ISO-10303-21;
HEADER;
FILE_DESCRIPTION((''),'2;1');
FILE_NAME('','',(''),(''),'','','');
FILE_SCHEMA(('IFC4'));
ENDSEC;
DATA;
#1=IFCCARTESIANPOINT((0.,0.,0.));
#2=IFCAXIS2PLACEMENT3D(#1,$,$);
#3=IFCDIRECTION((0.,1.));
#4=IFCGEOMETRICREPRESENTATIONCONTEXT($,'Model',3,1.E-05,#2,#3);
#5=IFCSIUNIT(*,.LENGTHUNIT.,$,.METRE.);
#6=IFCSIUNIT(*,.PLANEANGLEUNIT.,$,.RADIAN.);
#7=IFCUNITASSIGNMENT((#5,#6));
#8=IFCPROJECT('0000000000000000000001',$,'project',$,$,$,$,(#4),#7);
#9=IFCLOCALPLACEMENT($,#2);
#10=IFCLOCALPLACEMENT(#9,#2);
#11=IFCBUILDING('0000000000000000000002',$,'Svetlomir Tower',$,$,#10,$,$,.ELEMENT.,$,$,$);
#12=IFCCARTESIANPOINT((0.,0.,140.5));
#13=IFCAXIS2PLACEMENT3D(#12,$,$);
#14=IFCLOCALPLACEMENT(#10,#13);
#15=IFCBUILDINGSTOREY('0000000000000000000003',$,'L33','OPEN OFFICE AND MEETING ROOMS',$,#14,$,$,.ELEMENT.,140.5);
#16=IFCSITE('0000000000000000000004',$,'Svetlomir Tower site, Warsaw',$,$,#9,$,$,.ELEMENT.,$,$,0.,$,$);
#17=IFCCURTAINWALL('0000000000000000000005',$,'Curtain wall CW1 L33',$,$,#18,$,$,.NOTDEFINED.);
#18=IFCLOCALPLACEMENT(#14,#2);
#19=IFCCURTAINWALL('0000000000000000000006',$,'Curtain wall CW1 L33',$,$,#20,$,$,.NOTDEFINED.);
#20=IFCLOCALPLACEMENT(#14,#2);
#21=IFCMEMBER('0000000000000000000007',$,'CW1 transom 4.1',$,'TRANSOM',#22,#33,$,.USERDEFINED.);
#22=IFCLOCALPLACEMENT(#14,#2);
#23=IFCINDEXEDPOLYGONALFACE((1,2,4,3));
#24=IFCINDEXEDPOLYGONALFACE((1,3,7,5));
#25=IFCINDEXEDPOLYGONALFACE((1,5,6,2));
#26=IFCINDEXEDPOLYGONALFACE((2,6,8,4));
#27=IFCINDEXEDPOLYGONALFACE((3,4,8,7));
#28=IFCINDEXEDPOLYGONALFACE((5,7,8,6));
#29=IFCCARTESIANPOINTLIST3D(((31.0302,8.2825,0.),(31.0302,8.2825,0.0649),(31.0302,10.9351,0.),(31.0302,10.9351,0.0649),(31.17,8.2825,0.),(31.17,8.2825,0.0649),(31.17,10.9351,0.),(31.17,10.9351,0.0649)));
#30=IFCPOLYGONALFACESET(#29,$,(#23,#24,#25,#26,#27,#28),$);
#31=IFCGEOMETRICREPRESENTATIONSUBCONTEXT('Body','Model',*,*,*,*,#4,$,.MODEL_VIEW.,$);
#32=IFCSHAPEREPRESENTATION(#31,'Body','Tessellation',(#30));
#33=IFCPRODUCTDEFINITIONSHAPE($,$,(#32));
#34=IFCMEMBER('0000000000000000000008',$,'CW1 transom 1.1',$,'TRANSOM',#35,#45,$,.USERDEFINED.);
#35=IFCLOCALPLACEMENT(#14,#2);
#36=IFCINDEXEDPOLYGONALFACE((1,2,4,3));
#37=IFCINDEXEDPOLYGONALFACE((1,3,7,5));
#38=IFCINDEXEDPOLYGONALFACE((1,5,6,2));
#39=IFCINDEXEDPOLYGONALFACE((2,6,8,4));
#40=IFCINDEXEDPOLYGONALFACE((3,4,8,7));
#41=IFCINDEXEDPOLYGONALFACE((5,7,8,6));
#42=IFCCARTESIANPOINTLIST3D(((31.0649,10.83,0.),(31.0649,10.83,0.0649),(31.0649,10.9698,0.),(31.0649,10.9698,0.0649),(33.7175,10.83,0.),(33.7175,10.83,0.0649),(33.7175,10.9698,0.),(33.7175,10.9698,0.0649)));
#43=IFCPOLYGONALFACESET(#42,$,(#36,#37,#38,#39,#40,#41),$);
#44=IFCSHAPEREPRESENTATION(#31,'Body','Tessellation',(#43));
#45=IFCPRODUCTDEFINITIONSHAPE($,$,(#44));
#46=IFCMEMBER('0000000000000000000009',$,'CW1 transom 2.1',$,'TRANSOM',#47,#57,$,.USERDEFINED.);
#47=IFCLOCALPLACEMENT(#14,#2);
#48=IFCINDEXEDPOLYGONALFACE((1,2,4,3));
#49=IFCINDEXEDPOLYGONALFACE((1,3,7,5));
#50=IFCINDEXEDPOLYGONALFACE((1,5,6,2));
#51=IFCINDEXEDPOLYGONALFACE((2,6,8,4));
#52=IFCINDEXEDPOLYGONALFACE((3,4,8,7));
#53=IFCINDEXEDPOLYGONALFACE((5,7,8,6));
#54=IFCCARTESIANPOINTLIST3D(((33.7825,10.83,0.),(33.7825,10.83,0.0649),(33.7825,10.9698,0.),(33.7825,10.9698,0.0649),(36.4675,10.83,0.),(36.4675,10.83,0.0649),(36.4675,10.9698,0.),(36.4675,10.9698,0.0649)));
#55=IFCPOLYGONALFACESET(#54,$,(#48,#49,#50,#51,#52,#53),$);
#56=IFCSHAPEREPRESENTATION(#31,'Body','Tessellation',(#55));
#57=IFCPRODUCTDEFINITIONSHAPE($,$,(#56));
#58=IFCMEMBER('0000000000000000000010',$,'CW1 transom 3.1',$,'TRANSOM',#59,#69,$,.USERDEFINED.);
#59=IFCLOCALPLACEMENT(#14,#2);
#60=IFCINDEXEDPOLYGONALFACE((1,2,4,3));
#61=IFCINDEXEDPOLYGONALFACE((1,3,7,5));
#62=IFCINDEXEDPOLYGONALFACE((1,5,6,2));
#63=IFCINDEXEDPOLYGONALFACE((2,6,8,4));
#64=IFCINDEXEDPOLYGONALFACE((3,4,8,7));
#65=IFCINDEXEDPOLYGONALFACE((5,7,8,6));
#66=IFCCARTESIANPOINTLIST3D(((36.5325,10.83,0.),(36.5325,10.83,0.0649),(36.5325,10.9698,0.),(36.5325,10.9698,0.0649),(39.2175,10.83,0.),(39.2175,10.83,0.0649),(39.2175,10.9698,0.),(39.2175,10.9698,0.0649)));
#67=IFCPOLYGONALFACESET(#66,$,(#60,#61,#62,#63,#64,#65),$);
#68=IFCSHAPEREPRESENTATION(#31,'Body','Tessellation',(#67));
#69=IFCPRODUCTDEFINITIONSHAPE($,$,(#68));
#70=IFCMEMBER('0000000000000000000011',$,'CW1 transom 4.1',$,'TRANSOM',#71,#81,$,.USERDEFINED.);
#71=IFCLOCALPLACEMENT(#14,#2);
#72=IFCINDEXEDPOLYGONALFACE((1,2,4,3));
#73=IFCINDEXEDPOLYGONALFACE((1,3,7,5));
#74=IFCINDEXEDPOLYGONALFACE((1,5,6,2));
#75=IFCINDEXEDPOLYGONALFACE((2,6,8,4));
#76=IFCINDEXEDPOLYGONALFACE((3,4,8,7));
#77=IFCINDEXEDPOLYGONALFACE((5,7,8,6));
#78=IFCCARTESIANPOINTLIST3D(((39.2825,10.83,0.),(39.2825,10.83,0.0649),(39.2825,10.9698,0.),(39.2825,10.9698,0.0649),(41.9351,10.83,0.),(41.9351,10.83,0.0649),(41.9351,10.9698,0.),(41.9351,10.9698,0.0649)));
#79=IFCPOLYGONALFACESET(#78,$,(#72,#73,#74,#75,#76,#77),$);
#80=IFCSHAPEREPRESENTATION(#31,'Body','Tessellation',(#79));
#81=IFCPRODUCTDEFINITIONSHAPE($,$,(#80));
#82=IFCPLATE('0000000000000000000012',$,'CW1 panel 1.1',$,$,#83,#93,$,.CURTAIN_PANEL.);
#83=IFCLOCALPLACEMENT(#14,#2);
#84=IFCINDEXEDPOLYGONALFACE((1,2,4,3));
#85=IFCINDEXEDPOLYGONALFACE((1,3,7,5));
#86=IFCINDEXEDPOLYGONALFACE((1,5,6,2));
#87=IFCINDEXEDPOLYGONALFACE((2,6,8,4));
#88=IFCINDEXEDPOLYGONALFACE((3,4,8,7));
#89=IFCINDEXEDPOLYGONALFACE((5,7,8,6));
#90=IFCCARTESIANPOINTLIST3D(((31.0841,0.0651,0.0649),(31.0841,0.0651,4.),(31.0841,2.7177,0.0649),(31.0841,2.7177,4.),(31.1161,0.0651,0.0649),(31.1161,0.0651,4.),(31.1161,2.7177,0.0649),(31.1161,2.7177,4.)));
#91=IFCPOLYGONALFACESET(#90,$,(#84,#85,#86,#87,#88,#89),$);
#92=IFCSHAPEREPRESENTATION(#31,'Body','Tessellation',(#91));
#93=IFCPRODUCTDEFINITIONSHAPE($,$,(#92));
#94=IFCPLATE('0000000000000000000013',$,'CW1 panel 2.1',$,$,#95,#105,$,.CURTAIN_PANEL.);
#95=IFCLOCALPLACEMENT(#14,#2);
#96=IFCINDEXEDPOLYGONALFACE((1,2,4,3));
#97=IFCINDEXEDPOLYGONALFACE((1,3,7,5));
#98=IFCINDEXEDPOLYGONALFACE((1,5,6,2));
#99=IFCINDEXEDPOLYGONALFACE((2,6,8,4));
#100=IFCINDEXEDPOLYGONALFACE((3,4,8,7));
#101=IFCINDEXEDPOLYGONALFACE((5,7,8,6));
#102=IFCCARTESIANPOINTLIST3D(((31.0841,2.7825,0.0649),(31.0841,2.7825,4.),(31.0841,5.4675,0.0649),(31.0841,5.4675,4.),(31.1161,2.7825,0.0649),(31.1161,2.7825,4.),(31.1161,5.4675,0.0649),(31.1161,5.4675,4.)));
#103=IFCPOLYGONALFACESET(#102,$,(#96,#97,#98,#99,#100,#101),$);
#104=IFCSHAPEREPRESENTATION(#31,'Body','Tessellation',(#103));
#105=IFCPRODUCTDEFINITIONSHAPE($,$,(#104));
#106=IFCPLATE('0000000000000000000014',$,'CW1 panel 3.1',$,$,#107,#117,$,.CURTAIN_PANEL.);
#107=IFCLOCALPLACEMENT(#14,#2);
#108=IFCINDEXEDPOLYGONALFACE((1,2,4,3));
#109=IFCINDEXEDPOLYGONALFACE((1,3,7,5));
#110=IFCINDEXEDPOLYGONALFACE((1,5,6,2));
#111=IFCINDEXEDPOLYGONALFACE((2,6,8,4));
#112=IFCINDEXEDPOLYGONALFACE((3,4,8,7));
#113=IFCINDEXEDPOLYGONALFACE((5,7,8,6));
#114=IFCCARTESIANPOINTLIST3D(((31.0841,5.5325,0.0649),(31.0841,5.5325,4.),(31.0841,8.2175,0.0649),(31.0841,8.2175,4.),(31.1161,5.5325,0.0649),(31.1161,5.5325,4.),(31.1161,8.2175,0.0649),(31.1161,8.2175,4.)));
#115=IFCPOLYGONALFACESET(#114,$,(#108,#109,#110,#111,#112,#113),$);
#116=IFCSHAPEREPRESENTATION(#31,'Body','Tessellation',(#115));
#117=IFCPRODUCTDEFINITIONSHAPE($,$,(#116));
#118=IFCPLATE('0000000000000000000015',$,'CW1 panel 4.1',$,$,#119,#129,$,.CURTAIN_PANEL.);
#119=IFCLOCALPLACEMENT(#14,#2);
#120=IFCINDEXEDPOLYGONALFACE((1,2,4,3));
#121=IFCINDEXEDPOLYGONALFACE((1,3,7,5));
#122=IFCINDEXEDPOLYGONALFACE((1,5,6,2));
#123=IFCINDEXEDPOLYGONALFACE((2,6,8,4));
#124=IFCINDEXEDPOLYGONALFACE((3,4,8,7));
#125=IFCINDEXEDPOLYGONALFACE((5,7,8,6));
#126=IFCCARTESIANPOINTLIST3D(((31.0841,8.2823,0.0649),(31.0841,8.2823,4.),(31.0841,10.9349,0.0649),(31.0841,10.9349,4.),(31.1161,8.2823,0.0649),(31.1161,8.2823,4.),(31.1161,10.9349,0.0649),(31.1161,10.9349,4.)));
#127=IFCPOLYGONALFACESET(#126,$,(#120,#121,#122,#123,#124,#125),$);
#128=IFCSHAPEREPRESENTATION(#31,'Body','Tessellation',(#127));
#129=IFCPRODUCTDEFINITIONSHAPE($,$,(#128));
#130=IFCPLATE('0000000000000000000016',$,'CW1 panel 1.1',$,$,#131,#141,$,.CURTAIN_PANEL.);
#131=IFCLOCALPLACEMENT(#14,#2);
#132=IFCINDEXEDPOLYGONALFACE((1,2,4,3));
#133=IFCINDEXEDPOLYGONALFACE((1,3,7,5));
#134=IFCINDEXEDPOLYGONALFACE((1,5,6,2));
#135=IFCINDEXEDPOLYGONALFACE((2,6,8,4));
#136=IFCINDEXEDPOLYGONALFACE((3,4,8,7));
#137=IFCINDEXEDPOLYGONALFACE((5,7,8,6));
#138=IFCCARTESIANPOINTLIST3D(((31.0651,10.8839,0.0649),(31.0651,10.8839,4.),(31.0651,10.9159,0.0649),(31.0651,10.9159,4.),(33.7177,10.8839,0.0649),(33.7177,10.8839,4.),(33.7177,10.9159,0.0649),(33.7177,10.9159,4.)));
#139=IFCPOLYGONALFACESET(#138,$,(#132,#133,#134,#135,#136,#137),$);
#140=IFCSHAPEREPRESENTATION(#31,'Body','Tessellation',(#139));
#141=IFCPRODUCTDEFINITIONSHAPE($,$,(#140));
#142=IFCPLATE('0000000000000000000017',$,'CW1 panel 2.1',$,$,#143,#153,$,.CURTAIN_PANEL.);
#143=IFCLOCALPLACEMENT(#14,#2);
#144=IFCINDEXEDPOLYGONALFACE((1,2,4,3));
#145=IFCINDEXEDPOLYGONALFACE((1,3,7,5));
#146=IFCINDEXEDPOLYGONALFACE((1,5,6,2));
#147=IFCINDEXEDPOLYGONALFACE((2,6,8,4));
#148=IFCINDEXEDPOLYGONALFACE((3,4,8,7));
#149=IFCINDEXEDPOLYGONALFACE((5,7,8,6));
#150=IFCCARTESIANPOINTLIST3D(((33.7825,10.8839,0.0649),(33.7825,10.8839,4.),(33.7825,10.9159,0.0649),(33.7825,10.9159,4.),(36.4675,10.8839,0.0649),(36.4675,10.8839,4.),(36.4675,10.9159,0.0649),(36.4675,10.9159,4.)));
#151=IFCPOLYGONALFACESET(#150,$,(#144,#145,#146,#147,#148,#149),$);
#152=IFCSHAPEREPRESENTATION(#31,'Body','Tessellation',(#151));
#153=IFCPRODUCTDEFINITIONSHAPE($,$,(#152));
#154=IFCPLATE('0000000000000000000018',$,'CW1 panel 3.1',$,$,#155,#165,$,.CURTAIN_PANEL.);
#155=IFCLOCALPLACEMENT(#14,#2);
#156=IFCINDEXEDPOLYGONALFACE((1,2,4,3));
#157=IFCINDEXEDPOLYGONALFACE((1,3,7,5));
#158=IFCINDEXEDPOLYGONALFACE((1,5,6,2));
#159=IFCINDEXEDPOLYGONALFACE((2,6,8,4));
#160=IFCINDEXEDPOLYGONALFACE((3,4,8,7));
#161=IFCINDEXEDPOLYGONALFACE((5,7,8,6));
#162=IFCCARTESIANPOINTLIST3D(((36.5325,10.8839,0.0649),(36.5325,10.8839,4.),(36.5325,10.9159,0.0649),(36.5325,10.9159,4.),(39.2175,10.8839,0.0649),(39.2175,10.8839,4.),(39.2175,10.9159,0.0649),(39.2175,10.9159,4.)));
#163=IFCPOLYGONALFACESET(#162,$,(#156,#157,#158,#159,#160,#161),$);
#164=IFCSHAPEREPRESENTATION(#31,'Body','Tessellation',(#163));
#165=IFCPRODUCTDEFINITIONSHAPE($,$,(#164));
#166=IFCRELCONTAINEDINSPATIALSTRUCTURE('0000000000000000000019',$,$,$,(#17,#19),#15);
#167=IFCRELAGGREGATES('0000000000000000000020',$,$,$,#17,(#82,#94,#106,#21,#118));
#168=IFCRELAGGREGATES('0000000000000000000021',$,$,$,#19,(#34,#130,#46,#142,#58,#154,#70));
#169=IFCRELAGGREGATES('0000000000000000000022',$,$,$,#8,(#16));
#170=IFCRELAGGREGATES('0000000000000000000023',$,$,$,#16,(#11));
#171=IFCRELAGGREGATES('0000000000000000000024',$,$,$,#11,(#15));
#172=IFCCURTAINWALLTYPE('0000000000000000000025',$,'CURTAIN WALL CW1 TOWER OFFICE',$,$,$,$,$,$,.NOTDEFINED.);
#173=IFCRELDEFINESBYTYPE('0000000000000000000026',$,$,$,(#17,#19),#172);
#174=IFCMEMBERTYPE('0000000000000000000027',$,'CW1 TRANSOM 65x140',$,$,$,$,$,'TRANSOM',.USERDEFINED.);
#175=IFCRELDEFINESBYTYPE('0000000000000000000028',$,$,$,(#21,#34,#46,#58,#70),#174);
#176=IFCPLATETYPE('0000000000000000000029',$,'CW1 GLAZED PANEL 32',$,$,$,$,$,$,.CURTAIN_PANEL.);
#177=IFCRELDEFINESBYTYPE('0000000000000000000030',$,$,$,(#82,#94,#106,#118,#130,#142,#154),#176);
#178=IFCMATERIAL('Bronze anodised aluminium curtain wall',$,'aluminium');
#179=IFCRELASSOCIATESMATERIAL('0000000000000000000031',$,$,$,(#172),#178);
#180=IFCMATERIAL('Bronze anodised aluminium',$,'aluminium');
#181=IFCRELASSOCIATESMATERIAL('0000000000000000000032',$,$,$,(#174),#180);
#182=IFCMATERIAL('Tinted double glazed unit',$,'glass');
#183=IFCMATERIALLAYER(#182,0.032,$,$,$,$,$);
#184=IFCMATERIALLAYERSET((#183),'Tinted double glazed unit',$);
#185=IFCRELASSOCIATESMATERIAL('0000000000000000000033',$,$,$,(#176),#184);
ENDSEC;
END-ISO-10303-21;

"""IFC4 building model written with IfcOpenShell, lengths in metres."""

from ifc_helpers import new_model, si_unit, direction, frame, origin, origin_2d, place, context, subcontext, project, spatial, rectangle, extrude, material, layer, layer_set, material_profile, profile_set, type_object, element, aggregate, save


model = new_model("IFC4")

# Units and contexts
model_context = context("Model", 3, precision=1e-05, world=origin(), true_north=direction((0.0, 1.0)))
body_context = subcontext(model_context, "Body", "Model", "MODEL_VIEW")
ifc_project = project(units=[si_unit("LENGTHUNIT", "METRE"), si_unit("PLANEANGLEUNIT", "RADIAN")], contexts=[model_context])

# Site, building, storey
site_placement = place(None, origin())
site = spatial("IfcSite", under=ifc_project, at=site_placement, Name="Svetlomir Tower site, Warsaw", CompositionType="ELEMENT", RefElevation=0.0)
building_placement = place(site_placement, origin())
building = spatial("IfcBuilding", under=site, at=building_placement, Name="Svetlomir Tower", CompositionType="ELEMENT")
storey_placement = place(building_placement, frame((0.0, 0.0, 140.5)))
storey = spatial("IfcBuildingStorey", under=building, at=storey_placement, Name="L33", Description="OPEN OFFICE AND MEETING ROOMS", CompositionType="ELEMENT", Elevation=140.5)

# Curtain walls
ifc_material_1 = material(Name="Bronze anodised aluminium curtain wall", Category="aluminium")
curtain_wall_type = type_object("IfcCurtainWallType", Name="CURTAIN WALL CW1 TOWER OFFICE", PredefinedType="NOTDEFINED", material=ifc_material_1)
curtain_wall_1_placement = place(storey_placement, origin())
curtain_wall_1 = element("IfcCurtainWall", 1, at=curtain_wall_1_placement, inside=storey, type_object=curtain_wall_type, Name="Curtain wall CW1 L33", PredefinedType="NOTDEFINED")
curtain_wall_2_placement = place(storey_placement, origin())
curtain_wall_2 = element("IfcCurtainWall", 2, at=curtain_wall_2_placement, inside=storey, type_object=curtain_wall_type, Name="Curtain wall CW1 L33", PredefinedType="NOTDEFINED")

# Members
ifc_material_2 = material(Name="Bronze anodised aluminium", Category="aluminium")
ifc_material_profile_1 = material_profile(ifc_material_2, rectangle(XDim=0.1399, YDim=0.0649, at=origin_2d()), Name="AL 140x65")
ifc_profile_set_1 = profile_set([ifc_material_profile_1], Name="Bronze anodised aluminium 6063-T6")
member_type_1 = type_object("IfcMemberType", Name="CW1 TRANSOM 65x140", ElementType="TRANSOM", PredefinedType="USERDEFINED", material=ifc_profile_set_1)
member_1_placement = place(storey_placement, frame((31.1001, 8.2825, 0.0325), z_axis=(0.0, 1.0, 0.0), x_axis=(-1.0, 0.0, 0.0)))
member_1 = element("IfcMember", 3, at=member_1_placement, type_object=member_type_1, Name="CW1 transom 4.1", ObjectType="TRANSOM", PredefinedType="USERDEFINED", context=body_context, shape_type="SweptSolid", body=[
    extrude(rectangle(XDim=0.1399, YDim=0.0649, at=origin_2d()), origin(), (0.0, 0.0, 1.0), 2.6526),
])
member_2_placement = place(storey_placement, frame((31.0649, 10.8999, 0.0325), z_axis=(1.0, 0.0, 0.0), x_axis=(0.0, 1.0, 0.0)))
member_2 = element("IfcMember", 4, at=member_2_placement, type_object=member_type_1, Name="CW1 transom 1.1", ObjectType="TRANSOM", PredefinedType="USERDEFINED", context=body_context, shape_type="SweptSolid", body=[
    extrude(rectangle(XDim=0.1399, YDim=0.0649, at=origin_2d()), origin(), (0.0, 0.0, 1.0), 2.6526),
])
member_3_placement = place(storey_placement, frame((33.7825, 10.8999, 0.0325), z_axis=(1.0, 0.0, 0.0), x_axis=(0.0, 1.0, 0.0)))
member_3 = element("IfcMember", 5, at=member_3_placement, type_object=member_type_1, Name="CW1 transom 2.1", ObjectType="TRANSOM", PredefinedType="USERDEFINED", context=body_context, shape_type="SweptSolid", body=[
    extrude(rectangle(XDim=0.1399, YDim=0.0649, at=origin_2d()), origin(), (0.0, 0.0, 1.0), 2.6851),
])
member_4_placement = place(storey_placement, frame((36.5325, 10.8999, 0.0325), z_axis=(1.0, 0.0, 0.0), x_axis=(0.0, 1.0, 0.0)))
member_4 = element("IfcMember", 6, at=member_4_placement, type_object=member_type_1, Name="CW1 transom 3.1", ObjectType="TRANSOM", PredefinedType="USERDEFINED", context=body_context, shape_type="SweptSolid", body=[
    extrude(rectangle(XDim=0.1399, YDim=0.0649, at=origin_2d()), origin(), (0.0, 0.0, 1.0), 2.6851),
])
member_5_placement = place(storey_placement, frame((39.2825, 10.8999, 0.0325), z_axis=(1.0, 0.0, 0.0), x_axis=(0.0, 1.0, 0.0)))
member_5 = element("IfcMember", 7, at=member_5_placement, type_object=member_type_1, Name="CW1 transom 4.1", ObjectType="TRANSOM", PredefinedType="USERDEFINED", context=body_context, shape_type="SweptSolid", body=[
    extrude(rectangle(XDim=0.1399, YDim=0.0649, at=origin_2d()), origin(), (0.0, 0.0, 1.0), 2.6526),
])

# Plates
ifc_material_3 = material(Name="Tinted double glazed unit", Category="glass")
ifc_layer = layer(ifc_material_3, 0.032)
ifc_layer_set = layer_set([ifc_layer], Name="Tinted double glazed unit")
plate_type = type_object("IfcPlateType", Name="CW1 GLAZED PANEL 32", PredefinedType="CURTAIN_PANEL", material=ifc_layer_set)
plate_1_placement = place(storey_placement, frame((31.1001, 1.3914, 0.0649), z_axis=(0.0, 0.0, 1.0), x_axis=(0.0, 1.0, 0.0)))
plate_1 = element("IfcPlate", 8, at=plate_1_placement, type_object=plate_type, Name="CW1 panel 1.1", PredefinedType="CURTAIN_PANEL", context=body_context, shape_type="SweptSolid", body=[
    extrude(rectangle(XDim=2.6526, YDim=0.032, at=origin_2d()), origin(), (0.0, 0.0, 1.0), 3.9351),
])
plate_2_placement = place(storey_placement, frame((31.1001, 4.125, 0.0649), z_axis=(0.0, 0.0, 1.0), x_axis=(0.0, 1.0, 0.0)))
plate_2 = element("IfcPlate", 9, at=plate_2_placement, type_object=plate_type, Name="CW1 panel 2.1", PredefinedType="CURTAIN_PANEL", context=body_context, shape_type="SweptSolid", body=[
    extrude(rectangle(XDim=2.6851, YDim=0.032, at=origin_2d()), origin(), (0.0, 0.0, 1.0), 3.9351),
])
plate_3_placement = place(storey_placement, frame((31.1001, 6.875, 0.0649), z_axis=(0.0, 0.0, 1.0), x_axis=(0.0, 1.0, 0.0)))
plate_3 = element("IfcPlate", 10, at=plate_3_placement, type_object=plate_type, Name="CW1 panel 3.1", PredefinedType="CURTAIN_PANEL", context=body_context, shape_type="SweptSolid", body=[
    extrude(rectangle(XDim=2.6851, YDim=0.032, at=origin_2d()), origin(), (0.0, 0.0, 1.0), 3.9351),
])
plate_4_placement = place(storey_placement, frame((31.1001, 9.6086, 0.0649), z_axis=(0.0, 0.0, 1.0), x_axis=(0.0, 1.0, 0.0)))
plate_4 = element("IfcPlate", 11, at=plate_4_placement, type_object=plate_type, Name="CW1 panel 4.1", PredefinedType="CURTAIN_PANEL", context=body_context, shape_type="SweptSolid", body=[
    extrude(rectangle(XDim=2.6526, YDim=0.032, at=origin_2d()), origin(), (0.0, 0.0, 1.0), 3.9351),
])
aggregate(curtain_wall_1, [plate_1, plate_2, plate_3, member_1, plate_4])
plate_5_placement = place(storey_placement, frame((32.3914, 10.8999, 0.0649), z_axis=(0.0, 0.0, 1.0), x_axis=(1.0, 0.0, 0.0)))
plate_5 = element("IfcPlate", 12, at=plate_5_placement, type_object=plate_type, Name="CW1 panel 1.1", PredefinedType="CURTAIN_PANEL", context=body_context, shape_type="SweptSolid", body=[
    extrude(rectangle(XDim=2.6526, YDim=0.032, at=origin_2d()), origin(), (0.0, 0.0, 1.0), 3.9351),
])
plate_6_placement = place(storey_placement, frame((35.125, 10.8999, 0.0649), z_axis=(0.0, 0.0, 1.0), x_axis=(1.0, 0.0, 0.0)))
plate_6 = element("IfcPlate", 13, at=plate_6_placement, type_object=plate_type, Name="CW1 panel 2.1", PredefinedType="CURTAIN_PANEL", context=body_context, shape_type="SweptSolid", body=[
    extrude(rectangle(XDim=2.6851, YDim=0.032, at=origin_2d()), origin(), (0.0, 0.0, 1.0), 3.9351),
])
plate_7_placement = place(storey_placement, frame((37.875, 10.8999, 0.0649), z_axis=(0.0, 0.0, 1.0), x_axis=(1.0, 0.0, 0.0)))
plate_7 = element("IfcPlate", 14, at=plate_7_placement, type_object=plate_type, Name="CW1 panel 3.1", PredefinedType="CURTAIN_PANEL", context=body_context, shape_type="SweptSolid", body=[
    extrude(rectangle(XDim=2.6851, YDim=0.032, at=origin_2d()), origin(), (0.0, 0.0, 1.0), 3.9351),
])
aggregate(curtain_wall_2, [member_2, plate_5, member_3, plate_6, member_4, plate_7, member_5])

save(model, "model.ifc")
